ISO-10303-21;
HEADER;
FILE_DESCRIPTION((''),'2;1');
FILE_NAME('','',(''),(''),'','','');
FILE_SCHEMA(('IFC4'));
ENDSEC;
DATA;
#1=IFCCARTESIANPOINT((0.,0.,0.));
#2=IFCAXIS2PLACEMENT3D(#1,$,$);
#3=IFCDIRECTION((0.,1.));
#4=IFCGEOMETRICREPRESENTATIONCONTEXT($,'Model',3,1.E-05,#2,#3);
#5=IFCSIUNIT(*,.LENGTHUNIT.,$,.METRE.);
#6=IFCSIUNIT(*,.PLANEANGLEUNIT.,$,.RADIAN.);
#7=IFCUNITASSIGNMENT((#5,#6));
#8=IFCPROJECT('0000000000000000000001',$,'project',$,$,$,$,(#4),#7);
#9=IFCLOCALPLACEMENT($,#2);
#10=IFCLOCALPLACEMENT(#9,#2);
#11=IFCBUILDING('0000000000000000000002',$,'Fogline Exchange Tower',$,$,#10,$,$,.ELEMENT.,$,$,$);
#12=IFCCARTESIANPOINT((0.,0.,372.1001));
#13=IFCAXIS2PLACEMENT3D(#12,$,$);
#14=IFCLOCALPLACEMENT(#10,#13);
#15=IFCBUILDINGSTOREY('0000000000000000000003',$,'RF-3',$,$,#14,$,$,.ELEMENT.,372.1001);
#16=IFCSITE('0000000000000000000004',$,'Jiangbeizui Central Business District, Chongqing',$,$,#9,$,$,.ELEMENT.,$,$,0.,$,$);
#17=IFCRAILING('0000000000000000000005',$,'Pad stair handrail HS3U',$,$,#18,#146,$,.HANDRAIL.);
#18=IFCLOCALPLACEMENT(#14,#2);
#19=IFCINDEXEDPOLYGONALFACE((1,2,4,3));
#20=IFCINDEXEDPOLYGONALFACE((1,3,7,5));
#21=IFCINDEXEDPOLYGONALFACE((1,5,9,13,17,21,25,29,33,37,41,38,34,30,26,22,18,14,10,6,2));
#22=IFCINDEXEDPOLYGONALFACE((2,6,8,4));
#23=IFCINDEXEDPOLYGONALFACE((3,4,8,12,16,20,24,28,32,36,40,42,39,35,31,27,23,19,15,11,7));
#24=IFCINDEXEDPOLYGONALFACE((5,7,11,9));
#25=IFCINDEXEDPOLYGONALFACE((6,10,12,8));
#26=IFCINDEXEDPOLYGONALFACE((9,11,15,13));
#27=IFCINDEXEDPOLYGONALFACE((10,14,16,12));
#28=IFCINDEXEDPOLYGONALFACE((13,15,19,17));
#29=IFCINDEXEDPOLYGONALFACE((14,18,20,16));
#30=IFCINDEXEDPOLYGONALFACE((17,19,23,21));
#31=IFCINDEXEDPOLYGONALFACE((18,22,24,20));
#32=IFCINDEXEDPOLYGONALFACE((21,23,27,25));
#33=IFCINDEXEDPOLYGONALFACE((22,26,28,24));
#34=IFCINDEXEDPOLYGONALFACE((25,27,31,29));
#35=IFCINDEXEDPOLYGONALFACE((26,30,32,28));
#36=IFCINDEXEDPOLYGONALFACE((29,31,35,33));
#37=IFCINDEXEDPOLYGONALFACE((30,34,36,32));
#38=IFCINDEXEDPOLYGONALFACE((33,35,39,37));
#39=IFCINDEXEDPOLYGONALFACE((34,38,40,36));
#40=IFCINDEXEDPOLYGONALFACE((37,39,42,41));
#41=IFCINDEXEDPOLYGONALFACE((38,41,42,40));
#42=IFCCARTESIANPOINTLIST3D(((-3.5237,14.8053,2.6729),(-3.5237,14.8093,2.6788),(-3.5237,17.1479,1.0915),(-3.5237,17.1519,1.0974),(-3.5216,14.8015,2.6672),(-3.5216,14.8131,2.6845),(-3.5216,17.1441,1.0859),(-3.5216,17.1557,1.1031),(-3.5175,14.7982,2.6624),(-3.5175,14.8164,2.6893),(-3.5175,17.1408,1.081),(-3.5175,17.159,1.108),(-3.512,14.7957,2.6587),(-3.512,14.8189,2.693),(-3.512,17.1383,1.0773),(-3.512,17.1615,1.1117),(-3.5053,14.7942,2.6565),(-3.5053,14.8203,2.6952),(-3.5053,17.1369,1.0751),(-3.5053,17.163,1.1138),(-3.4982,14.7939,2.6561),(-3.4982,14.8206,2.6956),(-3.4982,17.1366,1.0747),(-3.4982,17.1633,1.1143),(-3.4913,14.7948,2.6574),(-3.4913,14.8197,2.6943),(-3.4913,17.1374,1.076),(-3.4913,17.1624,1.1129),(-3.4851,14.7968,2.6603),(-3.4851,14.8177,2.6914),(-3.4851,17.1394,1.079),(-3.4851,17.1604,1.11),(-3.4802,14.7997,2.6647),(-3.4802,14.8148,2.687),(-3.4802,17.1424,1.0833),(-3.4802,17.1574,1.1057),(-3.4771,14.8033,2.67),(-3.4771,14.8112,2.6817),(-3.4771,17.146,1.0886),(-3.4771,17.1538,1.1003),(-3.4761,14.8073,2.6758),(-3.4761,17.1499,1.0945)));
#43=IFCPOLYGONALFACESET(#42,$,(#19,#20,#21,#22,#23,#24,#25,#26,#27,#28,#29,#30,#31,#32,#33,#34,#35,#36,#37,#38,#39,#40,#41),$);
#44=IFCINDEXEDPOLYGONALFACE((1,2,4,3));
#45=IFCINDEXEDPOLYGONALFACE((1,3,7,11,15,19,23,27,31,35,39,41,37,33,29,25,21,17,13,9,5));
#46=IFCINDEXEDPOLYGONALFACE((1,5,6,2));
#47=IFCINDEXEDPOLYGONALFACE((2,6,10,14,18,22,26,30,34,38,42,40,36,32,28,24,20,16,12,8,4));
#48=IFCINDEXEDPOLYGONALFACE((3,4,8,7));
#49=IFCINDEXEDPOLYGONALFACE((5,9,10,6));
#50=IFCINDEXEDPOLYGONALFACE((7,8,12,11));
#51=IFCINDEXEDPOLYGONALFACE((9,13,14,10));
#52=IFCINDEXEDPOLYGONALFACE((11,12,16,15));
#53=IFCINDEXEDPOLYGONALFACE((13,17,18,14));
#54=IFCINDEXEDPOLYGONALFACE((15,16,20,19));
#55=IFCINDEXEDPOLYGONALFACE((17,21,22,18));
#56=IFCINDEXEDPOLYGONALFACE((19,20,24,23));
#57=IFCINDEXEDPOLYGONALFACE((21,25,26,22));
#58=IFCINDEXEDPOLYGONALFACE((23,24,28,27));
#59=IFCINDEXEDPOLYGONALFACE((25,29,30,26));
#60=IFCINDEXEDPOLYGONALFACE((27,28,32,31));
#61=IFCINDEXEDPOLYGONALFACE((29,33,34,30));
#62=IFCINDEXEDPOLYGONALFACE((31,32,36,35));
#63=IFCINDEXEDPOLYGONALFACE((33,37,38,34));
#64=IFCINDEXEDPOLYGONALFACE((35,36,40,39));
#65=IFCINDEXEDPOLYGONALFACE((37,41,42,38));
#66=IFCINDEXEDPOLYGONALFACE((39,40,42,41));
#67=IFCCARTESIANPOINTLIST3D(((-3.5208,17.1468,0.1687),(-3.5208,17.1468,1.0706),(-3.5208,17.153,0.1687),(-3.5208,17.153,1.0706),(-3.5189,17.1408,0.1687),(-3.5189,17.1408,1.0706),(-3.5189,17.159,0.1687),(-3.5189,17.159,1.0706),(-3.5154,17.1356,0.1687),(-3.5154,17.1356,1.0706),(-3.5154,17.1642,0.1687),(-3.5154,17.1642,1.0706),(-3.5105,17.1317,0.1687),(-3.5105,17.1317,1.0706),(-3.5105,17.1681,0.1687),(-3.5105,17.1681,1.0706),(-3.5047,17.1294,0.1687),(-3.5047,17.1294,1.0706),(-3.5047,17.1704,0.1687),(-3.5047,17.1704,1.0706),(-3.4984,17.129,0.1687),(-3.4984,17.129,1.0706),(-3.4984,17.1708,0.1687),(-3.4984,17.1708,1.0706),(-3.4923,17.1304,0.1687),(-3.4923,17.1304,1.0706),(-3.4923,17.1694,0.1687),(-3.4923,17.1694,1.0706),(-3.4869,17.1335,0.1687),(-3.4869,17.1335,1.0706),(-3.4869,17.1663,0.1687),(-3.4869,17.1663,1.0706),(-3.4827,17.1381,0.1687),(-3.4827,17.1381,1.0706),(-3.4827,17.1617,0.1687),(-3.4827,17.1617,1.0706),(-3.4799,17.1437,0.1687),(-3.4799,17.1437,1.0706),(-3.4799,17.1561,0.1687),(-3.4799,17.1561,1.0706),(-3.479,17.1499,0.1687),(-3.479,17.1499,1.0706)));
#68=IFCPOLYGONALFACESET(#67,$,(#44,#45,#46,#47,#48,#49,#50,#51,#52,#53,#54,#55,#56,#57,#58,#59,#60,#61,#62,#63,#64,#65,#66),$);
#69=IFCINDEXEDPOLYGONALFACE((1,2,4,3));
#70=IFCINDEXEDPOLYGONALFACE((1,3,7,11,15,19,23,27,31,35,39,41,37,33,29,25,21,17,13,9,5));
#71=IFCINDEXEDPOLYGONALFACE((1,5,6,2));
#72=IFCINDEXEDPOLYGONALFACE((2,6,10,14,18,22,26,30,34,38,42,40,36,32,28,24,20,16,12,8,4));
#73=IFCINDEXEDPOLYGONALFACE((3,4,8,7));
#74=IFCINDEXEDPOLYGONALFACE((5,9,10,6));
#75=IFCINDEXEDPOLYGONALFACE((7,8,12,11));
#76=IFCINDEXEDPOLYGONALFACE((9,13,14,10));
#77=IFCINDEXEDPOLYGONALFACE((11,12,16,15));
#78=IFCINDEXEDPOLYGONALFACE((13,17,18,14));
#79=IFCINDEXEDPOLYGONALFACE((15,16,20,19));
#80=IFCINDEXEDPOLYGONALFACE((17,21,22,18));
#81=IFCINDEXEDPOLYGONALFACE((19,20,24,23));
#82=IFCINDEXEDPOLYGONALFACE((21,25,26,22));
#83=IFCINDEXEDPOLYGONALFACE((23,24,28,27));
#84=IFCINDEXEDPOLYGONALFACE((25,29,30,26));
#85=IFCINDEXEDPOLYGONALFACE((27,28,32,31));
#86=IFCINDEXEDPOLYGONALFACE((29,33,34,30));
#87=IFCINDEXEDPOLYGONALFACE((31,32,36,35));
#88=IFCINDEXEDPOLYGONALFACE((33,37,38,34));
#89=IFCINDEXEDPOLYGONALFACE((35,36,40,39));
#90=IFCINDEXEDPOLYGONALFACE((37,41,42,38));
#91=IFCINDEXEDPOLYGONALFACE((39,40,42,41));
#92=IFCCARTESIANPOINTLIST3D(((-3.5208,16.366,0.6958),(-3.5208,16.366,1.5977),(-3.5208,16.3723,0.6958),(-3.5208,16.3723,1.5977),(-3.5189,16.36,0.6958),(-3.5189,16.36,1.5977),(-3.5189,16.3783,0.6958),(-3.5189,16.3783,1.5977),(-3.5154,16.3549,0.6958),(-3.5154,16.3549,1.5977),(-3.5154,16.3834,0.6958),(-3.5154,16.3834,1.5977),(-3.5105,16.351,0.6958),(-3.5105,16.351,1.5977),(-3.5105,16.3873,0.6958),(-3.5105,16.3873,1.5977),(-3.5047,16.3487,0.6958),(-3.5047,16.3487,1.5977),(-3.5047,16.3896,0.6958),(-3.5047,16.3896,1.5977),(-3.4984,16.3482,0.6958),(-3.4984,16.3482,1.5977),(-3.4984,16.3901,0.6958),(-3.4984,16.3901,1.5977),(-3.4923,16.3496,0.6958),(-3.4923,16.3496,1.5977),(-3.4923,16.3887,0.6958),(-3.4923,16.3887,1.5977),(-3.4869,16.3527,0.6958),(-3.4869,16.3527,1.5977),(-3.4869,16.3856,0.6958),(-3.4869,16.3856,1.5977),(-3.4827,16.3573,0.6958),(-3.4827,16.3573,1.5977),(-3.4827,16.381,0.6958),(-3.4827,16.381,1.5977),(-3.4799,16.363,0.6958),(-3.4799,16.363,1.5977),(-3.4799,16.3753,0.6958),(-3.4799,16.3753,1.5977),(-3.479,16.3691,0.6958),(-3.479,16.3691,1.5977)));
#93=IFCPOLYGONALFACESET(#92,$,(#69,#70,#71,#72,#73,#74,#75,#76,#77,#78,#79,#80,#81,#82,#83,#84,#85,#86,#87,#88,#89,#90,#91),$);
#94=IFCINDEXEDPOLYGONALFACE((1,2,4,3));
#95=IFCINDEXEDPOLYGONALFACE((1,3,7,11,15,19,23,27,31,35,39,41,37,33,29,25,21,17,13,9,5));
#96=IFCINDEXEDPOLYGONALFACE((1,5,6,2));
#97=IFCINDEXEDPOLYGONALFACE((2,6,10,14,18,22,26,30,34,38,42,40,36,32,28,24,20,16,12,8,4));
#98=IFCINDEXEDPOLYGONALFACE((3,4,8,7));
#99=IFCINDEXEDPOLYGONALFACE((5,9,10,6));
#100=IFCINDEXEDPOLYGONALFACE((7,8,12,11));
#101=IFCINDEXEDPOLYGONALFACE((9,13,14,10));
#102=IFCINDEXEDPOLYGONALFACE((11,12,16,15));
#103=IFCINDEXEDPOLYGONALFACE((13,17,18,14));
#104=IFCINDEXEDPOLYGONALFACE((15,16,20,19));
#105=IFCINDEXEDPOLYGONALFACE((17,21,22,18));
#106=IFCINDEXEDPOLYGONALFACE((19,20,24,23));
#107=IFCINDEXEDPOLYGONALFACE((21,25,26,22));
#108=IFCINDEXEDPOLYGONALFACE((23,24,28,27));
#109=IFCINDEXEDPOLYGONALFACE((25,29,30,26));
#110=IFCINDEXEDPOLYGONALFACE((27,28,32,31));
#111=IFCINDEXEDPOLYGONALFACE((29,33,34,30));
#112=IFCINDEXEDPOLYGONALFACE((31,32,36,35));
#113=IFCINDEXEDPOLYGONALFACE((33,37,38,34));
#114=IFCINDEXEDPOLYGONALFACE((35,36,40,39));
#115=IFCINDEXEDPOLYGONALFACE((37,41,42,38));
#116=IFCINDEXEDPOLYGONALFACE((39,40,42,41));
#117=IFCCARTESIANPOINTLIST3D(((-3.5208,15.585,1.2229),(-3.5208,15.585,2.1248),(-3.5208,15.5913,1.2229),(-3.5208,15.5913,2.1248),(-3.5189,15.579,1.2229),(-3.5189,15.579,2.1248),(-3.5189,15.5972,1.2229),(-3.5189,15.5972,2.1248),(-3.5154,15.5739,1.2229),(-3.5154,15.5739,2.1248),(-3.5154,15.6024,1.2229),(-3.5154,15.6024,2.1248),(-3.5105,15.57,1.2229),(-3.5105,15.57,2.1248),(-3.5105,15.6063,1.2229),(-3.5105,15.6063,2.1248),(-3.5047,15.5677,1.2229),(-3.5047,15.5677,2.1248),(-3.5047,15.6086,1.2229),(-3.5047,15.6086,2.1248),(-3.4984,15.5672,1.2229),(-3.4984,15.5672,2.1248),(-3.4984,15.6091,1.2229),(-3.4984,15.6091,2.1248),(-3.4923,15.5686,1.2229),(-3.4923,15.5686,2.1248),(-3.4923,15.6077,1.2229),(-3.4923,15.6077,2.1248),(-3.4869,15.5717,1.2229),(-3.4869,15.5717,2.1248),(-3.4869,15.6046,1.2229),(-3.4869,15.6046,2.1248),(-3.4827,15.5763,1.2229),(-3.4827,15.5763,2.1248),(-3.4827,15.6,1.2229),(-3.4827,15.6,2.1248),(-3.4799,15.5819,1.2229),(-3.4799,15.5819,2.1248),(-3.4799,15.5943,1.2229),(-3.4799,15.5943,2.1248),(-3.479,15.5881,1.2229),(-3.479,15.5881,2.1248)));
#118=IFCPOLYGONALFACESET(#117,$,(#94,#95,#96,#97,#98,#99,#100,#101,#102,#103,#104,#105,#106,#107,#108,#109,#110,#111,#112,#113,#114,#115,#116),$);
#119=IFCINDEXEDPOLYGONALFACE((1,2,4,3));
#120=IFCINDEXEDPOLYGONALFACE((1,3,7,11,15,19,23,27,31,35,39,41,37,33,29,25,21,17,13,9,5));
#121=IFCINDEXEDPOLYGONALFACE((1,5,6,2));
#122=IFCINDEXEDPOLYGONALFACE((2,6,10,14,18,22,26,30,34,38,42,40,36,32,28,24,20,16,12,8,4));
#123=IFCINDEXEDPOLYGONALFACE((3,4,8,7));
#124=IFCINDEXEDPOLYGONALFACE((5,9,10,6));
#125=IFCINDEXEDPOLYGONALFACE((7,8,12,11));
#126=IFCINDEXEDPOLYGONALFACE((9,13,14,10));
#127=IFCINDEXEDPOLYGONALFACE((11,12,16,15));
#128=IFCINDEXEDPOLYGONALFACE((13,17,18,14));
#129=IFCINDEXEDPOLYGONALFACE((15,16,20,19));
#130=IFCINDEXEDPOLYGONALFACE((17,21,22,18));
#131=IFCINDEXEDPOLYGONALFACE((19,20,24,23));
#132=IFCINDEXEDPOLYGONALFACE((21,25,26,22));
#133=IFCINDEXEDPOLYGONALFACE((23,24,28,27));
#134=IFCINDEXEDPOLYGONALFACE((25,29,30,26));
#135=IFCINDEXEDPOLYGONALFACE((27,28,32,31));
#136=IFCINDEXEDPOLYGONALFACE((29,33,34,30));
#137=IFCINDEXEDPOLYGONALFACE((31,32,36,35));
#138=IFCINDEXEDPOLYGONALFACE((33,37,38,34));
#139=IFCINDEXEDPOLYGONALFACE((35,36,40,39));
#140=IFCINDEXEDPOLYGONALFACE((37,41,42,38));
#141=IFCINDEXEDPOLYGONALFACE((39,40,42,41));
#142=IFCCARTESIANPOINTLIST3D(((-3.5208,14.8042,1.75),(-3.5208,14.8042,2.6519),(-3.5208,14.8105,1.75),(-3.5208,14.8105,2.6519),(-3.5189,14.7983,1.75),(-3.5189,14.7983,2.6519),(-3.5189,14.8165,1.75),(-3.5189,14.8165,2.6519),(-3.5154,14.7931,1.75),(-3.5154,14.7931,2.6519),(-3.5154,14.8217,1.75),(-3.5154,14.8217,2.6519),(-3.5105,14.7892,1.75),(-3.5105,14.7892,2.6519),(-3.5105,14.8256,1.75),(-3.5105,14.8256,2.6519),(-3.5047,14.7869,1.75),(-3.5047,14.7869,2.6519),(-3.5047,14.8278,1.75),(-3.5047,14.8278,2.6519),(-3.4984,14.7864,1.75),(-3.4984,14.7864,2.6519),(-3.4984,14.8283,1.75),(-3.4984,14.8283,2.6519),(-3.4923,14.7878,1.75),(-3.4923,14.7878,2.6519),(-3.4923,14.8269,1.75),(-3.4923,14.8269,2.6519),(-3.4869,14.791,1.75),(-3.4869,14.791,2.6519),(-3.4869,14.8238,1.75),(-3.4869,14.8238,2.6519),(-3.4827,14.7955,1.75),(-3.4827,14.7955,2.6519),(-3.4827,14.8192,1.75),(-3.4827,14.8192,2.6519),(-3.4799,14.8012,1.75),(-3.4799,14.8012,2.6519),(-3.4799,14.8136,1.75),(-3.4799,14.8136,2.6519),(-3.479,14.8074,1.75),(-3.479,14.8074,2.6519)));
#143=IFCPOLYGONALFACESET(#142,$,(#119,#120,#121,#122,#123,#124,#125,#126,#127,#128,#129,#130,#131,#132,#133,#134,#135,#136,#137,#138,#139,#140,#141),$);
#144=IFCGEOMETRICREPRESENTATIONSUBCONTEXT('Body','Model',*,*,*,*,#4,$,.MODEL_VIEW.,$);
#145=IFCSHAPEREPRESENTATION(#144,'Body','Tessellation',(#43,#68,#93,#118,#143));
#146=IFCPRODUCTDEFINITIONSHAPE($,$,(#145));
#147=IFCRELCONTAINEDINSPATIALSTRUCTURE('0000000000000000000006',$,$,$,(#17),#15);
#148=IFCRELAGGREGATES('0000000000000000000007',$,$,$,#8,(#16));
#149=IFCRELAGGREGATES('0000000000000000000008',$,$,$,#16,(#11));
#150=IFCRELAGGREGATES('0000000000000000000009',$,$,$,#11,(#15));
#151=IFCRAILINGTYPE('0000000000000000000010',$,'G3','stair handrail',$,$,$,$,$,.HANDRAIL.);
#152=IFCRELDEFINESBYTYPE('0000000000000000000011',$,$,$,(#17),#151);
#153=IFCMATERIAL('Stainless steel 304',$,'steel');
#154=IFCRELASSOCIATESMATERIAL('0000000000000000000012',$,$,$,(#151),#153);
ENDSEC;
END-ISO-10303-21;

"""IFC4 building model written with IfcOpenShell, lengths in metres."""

from ifc_helpers import new_model, si_unit, direction, frame, origin, origin_2d, place, context, subcontext, project, spatial, circle, extrude, material, type_object, element, save


model = new_model("IFC4")

# Units and contexts
model_context = context("Model", 3, precision=1e-05, world=origin(), true_north=direction((0.0, 1.0)))
body_context = subcontext(model_context, "Body", "Model", "MODEL_VIEW")
ifc_project = project(units=[si_unit("LENGTHUNIT", "METRE"), si_unit("PLANEANGLEUNIT", "RADIAN")], contexts=[model_context])

# Site, building, storey
site_placement = place(None, origin())
site = spatial("IfcSite", under=ifc_project, at=site_placement, Name="Jiangbeizui Central Business District, Chongqing", CompositionType="ELEMENT", RefElevation=0.0)
building_placement = place(site_placement, origin())
building = spatial("IfcBuilding", under=site, at=building_placement, Name="Fogline Exchange Tower", CompositionType="ELEMENT")
storey_placement = place(building_placement, frame((0.0, 0.0, 372.1001)))
storey = spatial("IfcBuildingStorey", under=building, at=storey_placement, Name="RF-3", CompositionType="ELEMENT", Elevation=372.1001)

# Railing
ifc_material_1 = material(Name="Stainless steel 304", Category="steel")
railing_type_1 = type_object("IfcRailingType", Name="G3", Description="stair handrail", PredefinedType="HANDRAIL", material=ifc_material_1)
for number, where, name in (
    (1, (-3.5, 17.1499, 0.1687), "Pad stair handrail HS3U"),
):
    element("IfcRailing", number, at=place(storey_placement, frame(where)), inside=storey, type_object=railing_type_1, Name=name, PredefinedType="HANDRAIL", context=body_context, shape_type="SweptSolid", body=[
        extrude(circle(Radius=0.0239, at=origin_2d()), frame((0.0, 0.0, 0.9258), z_axis=(0.0, -0.828834, 0.559495), x_axis=(1.0, 0.0, 0.0)), (0.0, 0.0, 1.0), 2.8264),
        extrude(circle(Radius=0.021, at=origin_2d()), origin(), (0.0, 0.0, 1.0), 0.9019),
        extrude(circle(Radius=0.021, at=origin_2d()), frame((0.0, -0.7808, 0.5271)), (0.0, 0.0, 1.0), 0.9019),
        extrude(circle(Radius=0.021, at=origin_2d()), frame((0.0, -1.5618, 1.0542)), (0.0, 0.0, 1.0), 0.9019),
        extrude(circle(Radius=0.021, at=origin_2d()), frame((0.0, -2.3425, 1.5813)), (0.0, 0.0, 1.0), 0.9019),
    ])

save(model, "model.ifc")
